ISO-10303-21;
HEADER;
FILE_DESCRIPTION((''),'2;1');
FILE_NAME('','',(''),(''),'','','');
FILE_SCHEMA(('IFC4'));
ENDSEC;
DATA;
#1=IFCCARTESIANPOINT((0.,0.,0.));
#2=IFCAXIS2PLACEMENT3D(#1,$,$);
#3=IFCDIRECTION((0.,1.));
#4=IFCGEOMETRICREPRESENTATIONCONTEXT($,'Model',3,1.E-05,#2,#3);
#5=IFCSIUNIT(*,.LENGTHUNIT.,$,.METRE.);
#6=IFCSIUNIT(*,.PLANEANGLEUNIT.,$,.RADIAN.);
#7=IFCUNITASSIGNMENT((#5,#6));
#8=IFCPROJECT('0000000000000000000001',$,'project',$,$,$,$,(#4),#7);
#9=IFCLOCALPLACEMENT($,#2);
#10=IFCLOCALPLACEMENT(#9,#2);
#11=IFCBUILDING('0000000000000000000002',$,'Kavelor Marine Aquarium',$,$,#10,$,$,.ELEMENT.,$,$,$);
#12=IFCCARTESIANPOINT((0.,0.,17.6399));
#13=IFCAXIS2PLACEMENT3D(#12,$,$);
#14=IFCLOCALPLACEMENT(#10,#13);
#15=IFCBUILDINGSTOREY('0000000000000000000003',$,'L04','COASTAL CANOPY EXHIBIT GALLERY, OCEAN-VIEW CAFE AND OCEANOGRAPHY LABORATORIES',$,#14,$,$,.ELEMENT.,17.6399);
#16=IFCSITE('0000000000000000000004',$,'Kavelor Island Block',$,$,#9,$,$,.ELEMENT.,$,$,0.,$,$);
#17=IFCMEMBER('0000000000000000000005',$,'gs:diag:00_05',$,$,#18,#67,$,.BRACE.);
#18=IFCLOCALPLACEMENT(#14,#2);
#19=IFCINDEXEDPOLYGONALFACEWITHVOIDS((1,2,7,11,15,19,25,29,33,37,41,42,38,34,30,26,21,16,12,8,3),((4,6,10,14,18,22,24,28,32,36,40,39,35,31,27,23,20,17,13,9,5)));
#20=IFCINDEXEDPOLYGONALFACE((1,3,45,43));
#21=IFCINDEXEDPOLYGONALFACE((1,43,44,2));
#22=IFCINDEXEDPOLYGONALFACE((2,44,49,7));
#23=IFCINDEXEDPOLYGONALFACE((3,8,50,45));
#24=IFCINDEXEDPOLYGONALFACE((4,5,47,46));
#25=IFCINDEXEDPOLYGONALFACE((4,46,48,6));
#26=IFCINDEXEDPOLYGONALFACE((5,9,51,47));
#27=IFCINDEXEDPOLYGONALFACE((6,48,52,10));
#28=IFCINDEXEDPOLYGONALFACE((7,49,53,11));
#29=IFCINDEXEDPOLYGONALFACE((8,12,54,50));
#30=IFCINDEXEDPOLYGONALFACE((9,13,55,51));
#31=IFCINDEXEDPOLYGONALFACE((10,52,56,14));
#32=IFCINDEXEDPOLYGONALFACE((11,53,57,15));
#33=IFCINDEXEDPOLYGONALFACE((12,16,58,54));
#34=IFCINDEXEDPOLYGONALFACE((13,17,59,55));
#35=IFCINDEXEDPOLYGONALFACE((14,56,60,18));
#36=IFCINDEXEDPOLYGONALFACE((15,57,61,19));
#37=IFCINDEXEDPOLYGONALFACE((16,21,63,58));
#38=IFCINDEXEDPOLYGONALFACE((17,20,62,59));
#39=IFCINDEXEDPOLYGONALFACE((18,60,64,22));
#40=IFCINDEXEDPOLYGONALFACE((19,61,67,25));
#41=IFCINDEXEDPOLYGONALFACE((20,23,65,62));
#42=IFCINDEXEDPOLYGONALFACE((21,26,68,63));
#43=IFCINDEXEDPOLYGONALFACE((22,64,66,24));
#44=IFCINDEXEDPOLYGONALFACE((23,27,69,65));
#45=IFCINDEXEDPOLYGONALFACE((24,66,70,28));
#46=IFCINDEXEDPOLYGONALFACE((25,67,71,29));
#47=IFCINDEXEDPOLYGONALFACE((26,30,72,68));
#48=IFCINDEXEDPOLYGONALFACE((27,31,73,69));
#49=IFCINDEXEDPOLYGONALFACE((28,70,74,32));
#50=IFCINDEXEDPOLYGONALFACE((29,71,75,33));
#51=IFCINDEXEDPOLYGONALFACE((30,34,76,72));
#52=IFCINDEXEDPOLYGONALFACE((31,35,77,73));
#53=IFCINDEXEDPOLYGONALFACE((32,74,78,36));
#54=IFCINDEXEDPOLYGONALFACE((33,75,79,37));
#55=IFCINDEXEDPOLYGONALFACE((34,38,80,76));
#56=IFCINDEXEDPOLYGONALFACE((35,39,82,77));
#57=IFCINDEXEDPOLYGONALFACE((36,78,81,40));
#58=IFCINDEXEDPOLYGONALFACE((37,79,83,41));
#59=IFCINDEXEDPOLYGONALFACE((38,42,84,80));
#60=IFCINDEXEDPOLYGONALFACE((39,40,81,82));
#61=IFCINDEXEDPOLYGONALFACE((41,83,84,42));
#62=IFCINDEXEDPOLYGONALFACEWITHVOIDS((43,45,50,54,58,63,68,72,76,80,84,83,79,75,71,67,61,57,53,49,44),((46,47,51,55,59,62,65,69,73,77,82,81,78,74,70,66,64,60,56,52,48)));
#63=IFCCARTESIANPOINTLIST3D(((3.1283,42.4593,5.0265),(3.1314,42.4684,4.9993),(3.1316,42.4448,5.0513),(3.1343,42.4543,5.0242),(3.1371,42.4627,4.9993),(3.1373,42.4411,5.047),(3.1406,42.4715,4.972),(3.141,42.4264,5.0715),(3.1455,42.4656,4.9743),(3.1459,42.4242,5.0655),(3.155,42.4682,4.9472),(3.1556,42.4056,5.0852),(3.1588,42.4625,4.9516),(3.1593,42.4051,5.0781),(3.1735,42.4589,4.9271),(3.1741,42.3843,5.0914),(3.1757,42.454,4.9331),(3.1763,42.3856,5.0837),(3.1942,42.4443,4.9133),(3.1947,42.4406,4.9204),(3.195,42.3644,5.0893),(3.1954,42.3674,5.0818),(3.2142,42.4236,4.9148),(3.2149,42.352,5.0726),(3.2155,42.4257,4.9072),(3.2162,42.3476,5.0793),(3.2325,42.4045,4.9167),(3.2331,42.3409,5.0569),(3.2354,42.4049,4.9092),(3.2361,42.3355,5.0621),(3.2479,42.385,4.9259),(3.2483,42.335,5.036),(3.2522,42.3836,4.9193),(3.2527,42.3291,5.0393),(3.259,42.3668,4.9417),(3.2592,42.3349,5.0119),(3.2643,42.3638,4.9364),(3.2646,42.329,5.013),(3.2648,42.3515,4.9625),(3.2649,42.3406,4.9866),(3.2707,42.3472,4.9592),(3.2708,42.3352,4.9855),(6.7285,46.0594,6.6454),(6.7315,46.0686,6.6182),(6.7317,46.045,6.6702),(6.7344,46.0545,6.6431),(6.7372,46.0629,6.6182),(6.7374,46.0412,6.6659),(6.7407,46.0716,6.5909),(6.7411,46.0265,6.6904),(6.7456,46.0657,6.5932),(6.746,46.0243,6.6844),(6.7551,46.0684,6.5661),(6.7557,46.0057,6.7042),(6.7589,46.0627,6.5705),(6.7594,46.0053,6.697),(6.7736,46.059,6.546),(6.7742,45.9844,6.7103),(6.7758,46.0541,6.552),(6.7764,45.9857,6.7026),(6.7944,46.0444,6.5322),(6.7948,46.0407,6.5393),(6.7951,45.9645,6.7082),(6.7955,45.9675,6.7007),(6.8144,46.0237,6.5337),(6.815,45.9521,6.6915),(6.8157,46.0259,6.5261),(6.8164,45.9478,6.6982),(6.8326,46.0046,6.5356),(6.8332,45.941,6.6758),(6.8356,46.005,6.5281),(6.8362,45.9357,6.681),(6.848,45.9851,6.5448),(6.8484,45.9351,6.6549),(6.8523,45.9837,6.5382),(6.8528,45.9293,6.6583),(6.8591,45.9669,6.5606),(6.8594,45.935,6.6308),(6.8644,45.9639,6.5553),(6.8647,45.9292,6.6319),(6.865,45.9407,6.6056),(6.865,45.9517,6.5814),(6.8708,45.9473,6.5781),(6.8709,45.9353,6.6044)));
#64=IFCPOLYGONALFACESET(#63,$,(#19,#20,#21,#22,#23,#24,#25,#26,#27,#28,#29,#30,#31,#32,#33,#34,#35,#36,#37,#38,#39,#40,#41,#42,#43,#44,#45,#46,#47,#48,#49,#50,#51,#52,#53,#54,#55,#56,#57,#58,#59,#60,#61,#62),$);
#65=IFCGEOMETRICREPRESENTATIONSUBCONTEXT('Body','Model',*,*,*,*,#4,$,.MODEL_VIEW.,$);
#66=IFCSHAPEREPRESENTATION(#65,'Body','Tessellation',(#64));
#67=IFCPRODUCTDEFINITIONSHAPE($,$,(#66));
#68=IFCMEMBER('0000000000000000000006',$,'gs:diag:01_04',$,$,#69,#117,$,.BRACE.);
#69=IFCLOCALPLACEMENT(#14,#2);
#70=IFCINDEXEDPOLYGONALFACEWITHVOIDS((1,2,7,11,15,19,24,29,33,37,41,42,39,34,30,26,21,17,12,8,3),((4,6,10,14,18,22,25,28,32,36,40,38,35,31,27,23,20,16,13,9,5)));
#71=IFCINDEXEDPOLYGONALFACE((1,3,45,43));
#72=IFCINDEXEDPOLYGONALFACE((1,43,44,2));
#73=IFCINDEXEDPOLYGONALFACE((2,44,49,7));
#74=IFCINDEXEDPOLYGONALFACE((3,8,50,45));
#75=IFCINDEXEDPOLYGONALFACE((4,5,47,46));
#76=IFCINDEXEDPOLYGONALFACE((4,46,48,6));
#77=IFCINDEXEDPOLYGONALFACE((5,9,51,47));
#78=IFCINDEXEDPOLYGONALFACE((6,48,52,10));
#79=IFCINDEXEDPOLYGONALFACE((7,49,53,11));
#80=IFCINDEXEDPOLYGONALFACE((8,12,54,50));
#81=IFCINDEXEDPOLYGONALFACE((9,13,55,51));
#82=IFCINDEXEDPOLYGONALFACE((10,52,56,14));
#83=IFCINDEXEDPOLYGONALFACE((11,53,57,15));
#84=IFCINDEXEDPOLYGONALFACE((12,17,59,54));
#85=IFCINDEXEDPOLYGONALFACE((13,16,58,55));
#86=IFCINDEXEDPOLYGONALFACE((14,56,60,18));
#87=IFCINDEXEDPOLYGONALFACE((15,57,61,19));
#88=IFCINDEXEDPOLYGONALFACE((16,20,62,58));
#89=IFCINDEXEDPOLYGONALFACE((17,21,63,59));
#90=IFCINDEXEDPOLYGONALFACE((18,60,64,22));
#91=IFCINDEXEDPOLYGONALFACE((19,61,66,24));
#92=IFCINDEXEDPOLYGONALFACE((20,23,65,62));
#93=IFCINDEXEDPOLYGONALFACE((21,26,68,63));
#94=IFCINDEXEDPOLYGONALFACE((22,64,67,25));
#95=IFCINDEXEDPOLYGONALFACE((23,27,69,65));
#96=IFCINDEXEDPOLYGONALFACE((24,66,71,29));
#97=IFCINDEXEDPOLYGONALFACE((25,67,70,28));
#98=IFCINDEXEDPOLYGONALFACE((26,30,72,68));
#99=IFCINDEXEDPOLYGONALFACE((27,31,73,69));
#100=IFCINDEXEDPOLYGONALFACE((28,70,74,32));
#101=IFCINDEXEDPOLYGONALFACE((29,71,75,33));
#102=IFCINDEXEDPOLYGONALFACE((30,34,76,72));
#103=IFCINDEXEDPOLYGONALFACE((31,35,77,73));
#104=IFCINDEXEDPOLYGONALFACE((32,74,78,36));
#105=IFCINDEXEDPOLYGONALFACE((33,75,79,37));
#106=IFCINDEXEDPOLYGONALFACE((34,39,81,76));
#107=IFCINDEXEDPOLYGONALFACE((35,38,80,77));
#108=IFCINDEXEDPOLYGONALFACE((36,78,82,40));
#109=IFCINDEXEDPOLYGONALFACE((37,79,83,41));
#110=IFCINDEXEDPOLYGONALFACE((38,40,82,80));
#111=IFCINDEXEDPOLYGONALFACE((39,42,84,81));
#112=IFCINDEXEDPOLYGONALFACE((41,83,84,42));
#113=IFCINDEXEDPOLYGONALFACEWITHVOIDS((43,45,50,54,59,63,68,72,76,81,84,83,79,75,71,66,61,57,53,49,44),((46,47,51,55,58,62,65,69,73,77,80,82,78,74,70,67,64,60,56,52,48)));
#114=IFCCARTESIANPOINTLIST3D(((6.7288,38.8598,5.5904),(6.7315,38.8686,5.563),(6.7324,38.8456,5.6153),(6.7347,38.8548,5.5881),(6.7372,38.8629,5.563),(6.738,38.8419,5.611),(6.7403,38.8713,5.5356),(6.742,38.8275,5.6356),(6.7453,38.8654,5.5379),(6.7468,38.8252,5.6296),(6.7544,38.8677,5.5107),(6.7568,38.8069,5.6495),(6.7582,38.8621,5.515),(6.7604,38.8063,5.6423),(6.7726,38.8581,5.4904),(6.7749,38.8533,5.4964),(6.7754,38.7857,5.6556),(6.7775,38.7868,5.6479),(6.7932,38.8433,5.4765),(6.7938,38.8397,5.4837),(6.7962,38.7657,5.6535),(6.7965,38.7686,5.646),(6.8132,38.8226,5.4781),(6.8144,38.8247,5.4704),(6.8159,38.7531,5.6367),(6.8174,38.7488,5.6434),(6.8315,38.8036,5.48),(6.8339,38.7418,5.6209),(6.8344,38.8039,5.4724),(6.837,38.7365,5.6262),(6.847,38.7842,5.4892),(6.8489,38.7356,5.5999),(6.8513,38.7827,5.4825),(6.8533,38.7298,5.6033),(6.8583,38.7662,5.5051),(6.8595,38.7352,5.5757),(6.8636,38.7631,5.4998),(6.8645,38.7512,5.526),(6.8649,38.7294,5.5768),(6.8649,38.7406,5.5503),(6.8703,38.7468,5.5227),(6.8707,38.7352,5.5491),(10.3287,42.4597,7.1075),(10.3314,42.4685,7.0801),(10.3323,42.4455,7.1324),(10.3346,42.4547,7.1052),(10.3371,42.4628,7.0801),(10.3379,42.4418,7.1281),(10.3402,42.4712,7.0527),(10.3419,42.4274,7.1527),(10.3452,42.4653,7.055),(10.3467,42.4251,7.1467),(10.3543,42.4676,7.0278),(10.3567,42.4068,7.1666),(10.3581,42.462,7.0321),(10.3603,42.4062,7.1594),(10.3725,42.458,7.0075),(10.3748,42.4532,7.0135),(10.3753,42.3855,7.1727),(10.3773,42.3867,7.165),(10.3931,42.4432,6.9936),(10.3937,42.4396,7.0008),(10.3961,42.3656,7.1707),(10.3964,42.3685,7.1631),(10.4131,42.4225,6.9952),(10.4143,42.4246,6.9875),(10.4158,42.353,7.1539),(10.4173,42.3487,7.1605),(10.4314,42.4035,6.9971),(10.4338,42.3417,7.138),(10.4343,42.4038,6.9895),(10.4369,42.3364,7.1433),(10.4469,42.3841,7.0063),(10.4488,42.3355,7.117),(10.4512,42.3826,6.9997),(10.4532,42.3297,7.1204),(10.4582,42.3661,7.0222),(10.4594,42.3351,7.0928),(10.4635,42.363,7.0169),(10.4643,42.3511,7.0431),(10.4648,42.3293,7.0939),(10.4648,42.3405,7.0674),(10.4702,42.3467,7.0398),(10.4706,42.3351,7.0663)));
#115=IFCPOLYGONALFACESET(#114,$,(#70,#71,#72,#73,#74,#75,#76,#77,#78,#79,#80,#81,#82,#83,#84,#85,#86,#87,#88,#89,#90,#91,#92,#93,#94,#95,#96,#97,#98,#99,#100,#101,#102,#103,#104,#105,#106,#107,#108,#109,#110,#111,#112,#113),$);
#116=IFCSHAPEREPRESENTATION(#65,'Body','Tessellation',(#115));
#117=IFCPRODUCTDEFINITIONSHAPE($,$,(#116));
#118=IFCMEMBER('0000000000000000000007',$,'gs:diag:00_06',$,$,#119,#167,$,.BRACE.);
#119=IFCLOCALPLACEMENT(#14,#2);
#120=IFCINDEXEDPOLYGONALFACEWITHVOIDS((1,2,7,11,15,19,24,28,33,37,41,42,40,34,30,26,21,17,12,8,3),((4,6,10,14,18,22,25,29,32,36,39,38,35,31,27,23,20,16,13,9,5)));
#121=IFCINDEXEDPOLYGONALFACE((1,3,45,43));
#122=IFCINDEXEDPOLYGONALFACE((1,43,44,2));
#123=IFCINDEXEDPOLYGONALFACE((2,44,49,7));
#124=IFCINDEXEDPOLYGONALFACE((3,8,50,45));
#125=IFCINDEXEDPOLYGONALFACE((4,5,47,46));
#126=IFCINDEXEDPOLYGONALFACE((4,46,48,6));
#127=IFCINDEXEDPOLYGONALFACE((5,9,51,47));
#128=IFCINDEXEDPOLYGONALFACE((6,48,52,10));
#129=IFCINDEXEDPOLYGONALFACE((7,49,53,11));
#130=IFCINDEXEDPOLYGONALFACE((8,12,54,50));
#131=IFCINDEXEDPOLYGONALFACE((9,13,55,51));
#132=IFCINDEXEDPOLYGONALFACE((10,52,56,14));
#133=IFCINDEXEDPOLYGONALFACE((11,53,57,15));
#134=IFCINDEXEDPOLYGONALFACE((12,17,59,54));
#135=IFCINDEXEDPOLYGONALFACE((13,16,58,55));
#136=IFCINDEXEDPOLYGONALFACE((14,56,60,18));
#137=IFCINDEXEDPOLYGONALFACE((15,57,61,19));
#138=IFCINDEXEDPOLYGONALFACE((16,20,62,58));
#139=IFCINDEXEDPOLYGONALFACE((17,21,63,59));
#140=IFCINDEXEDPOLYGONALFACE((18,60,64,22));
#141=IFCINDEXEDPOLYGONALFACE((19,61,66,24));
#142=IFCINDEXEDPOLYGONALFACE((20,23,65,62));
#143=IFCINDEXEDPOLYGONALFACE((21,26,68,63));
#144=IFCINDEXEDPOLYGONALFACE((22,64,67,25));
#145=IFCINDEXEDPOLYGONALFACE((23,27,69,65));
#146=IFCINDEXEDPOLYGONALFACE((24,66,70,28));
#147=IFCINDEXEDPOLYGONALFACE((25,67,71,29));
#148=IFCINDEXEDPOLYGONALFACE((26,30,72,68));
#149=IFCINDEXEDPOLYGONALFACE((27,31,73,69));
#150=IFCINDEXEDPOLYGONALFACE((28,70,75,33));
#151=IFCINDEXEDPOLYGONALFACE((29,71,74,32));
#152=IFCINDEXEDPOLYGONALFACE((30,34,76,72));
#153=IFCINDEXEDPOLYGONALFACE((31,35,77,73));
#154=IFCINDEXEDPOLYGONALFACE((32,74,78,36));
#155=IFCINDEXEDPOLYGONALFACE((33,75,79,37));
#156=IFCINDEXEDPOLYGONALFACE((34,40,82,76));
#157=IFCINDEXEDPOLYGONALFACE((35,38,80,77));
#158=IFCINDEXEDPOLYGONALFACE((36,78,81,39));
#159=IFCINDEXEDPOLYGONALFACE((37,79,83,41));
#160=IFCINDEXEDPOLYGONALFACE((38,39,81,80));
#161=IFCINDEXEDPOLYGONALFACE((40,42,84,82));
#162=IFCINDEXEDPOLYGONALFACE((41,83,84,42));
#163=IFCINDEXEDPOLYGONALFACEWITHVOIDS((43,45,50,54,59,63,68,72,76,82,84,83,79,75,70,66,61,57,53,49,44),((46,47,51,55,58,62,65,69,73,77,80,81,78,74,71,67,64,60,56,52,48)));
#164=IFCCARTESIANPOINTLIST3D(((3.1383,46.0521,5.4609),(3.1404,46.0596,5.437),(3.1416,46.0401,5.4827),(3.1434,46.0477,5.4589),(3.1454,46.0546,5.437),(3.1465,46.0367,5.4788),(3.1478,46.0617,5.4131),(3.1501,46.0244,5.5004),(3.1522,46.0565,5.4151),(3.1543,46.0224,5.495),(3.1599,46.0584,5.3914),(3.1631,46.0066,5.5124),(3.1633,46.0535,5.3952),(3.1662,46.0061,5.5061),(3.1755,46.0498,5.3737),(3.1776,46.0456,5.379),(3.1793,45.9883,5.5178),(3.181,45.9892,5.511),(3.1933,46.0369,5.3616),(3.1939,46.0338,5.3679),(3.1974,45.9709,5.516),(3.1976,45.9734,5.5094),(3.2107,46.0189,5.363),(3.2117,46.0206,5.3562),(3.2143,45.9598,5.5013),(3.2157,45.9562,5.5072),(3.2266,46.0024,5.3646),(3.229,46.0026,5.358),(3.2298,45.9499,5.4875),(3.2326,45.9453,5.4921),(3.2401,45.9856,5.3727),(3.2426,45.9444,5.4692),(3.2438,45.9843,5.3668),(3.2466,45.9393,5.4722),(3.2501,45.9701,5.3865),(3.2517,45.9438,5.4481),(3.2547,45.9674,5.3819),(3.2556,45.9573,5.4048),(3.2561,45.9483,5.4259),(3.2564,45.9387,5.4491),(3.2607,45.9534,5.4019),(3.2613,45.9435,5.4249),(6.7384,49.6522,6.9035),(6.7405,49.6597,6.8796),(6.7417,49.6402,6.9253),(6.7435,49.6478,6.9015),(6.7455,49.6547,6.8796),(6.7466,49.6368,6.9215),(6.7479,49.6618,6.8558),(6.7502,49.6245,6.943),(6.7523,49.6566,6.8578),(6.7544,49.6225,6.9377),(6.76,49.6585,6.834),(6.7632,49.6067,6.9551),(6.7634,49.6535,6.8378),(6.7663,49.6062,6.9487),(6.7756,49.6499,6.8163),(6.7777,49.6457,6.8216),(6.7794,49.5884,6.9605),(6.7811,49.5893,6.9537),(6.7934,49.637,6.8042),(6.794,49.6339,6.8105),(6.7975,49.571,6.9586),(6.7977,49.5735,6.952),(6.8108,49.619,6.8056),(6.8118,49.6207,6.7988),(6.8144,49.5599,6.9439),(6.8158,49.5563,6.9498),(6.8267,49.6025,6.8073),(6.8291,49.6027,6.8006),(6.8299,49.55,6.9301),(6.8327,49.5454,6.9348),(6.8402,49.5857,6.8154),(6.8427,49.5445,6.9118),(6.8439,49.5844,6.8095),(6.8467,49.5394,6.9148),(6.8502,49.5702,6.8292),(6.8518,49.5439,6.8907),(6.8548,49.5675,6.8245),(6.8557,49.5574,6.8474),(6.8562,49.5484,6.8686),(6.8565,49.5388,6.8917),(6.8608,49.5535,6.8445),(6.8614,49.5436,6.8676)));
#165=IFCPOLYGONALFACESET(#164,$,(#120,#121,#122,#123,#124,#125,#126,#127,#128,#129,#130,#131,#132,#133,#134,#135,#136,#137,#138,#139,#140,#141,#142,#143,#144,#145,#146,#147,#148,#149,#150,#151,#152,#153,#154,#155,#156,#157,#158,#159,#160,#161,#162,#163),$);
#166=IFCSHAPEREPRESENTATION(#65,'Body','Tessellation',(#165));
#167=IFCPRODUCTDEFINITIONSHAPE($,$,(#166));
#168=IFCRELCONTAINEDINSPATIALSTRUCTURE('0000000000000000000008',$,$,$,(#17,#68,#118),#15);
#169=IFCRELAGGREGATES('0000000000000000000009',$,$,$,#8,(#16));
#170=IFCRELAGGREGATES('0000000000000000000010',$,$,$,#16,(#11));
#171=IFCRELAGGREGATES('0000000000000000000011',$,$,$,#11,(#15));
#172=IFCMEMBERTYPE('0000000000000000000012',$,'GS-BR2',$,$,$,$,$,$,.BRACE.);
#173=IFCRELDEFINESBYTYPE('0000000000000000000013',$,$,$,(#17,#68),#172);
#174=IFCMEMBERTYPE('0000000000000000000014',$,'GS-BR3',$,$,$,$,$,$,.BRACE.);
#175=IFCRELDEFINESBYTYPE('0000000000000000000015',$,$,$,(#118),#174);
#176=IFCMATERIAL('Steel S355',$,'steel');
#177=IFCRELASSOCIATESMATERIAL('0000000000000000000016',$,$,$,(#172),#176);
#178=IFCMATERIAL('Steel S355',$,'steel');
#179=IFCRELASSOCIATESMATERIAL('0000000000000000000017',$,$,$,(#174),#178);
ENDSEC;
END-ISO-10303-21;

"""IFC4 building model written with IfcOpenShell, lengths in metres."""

from ifc_helpers import new_model, si_unit, direction, frame, origin, origin_2d, place, context, subcontext, project, spatial, hollow_circle, extrude, material, material_profile, profile_set, type_object, element, save


model = new_model("IFC4")

# Units and contexts
model_context = context("Model", 3, precision=1e-05, world=origin(), true_north=direction((0.0, 1.0)))
body_context = subcontext(model_context, "Body", "Model", "MODEL_VIEW")
ifc_project = project(units=[si_unit("LENGTHUNIT", "METRE"), si_unit("PLANEANGLEUNIT", "RADIAN")], contexts=[model_context])

# Site, building, storey
site_placement = place(None, origin())
site = spatial("IfcSite", under=ifc_project, at=site_placement, Name="Kavelor Island Block", CompositionType="ELEMENT", RefElevation=0.0)
building_placement = place(site_placement, origin())
building = spatial("IfcBuilding", under=site, at=building_placement, Name="Kavelor Marine Aquarium", CompositionType="ELEMENT")
storey_placement = place(building_placement, frame((0.0, 0.0, 17.6399)))
storey = spatial("IfcBuildingStorey", under=building, at=storey_placement, Name="L04", Description="COASTAL CANOPY EXHIBIT GALLERY, OCEAN-VIEW CAFE AND OCEANOGRAPHY LABORATORIES", CompositionType="ELEMENT", Elevation=17.6399)

# Members
ifc_material_1 = material(Name="Steel S355", Category="steel")
ifc_material_profile_1 = material_profile(ifc_material_1, hollow_circle(Radius=0.0969, WallThickness=0.0081, at=origin_2d()), Name="CHS 193.7x8.0")
ifc_profile_set_1 = profile_set([ifc_material_profile_1], Name="Steel S355")
member_type_1 = type_object("IfcMemberType", Name="GS-BR2", PredefinedType="BRACE", material=ifc_profile_set_1)
member_1_placement = place(storey_placement, frame((3.2, 42.3999, 4.9993), z_axis=(0.673861, 0.673861, 0.303023), x_axis=(-0.707107, 0.707107, 0.0)))
element("IfcMember", 1, at=member_1_placement, inside=storey, type_object=member_type_1, Name="gs:diag:00_05", PredefinedType="BRACE", context=body_context, shape_type="SweptSolid", body=[
    extrude(hollow_circle(Radius=0.0969, WallThickness=0.0081, at=origin_2d()), origin(), (0.0, 0.0, 1.0), 5.3425),
])
member_2_placement = place(storey_placement, frame((6.8, 38.8, 5.563), z_axis=(0.677658, 0.677658, 0.285586), x_axis=(-0.707107, 0.707107, 0.0)))
element("IfcMember", 2, at=member_2_placement, inside=storey, type_object=member_type_1, Name="gs:diag:01_04", PredefinedType="BRACE", context=body_context, shape_type="SweptSolid", body=[
    extrude(hollow_circle(Radius=0.0969, WallThickness=0.0081, at=origin_2d()), origin(), (0.0, 0.0, 1.0), 5.3123),
])
ifc_material_2 = material(Name="Steel S355", Category="steel")
ifc_material_profile_2 = material_profile(ifc_material_2, hollow_circle(Radius=0.0842, WallThickness=0.0071, at=origin_2d()), Name="CHS 168.3x7.1")
ifc_profile_set_2 = profile_set([ifc_material_profile_2], Name="Steel S355")
member_type_2 = type_object("IfcMemberType", Name="GS-BR3", PredefinedType="BRACE", material=ifc_profile_set_2)
member_3_placement = place(storey_placement, frame((3.2, 46.0, 5.437), z_axis=(0.680323, 0.680323, 0.272618), x_axis=(-0.707107, 0.707107, 0.0)))
element("IfcMember", 3, at=member_3_placement, inside=storey, type_object=member_type_2, Name="gs:diag:00_06", PredefinedType="BRACE", context=body_context, shape_type="SweptSolid", body=[
    extrude(hollow_circle(Radius=0.0842, WallThickness=0.0071, at=origin_2d()), origin(), (0.0, 0.0, 1.0), 5.2917),
])

save(model, "model.ifc")
